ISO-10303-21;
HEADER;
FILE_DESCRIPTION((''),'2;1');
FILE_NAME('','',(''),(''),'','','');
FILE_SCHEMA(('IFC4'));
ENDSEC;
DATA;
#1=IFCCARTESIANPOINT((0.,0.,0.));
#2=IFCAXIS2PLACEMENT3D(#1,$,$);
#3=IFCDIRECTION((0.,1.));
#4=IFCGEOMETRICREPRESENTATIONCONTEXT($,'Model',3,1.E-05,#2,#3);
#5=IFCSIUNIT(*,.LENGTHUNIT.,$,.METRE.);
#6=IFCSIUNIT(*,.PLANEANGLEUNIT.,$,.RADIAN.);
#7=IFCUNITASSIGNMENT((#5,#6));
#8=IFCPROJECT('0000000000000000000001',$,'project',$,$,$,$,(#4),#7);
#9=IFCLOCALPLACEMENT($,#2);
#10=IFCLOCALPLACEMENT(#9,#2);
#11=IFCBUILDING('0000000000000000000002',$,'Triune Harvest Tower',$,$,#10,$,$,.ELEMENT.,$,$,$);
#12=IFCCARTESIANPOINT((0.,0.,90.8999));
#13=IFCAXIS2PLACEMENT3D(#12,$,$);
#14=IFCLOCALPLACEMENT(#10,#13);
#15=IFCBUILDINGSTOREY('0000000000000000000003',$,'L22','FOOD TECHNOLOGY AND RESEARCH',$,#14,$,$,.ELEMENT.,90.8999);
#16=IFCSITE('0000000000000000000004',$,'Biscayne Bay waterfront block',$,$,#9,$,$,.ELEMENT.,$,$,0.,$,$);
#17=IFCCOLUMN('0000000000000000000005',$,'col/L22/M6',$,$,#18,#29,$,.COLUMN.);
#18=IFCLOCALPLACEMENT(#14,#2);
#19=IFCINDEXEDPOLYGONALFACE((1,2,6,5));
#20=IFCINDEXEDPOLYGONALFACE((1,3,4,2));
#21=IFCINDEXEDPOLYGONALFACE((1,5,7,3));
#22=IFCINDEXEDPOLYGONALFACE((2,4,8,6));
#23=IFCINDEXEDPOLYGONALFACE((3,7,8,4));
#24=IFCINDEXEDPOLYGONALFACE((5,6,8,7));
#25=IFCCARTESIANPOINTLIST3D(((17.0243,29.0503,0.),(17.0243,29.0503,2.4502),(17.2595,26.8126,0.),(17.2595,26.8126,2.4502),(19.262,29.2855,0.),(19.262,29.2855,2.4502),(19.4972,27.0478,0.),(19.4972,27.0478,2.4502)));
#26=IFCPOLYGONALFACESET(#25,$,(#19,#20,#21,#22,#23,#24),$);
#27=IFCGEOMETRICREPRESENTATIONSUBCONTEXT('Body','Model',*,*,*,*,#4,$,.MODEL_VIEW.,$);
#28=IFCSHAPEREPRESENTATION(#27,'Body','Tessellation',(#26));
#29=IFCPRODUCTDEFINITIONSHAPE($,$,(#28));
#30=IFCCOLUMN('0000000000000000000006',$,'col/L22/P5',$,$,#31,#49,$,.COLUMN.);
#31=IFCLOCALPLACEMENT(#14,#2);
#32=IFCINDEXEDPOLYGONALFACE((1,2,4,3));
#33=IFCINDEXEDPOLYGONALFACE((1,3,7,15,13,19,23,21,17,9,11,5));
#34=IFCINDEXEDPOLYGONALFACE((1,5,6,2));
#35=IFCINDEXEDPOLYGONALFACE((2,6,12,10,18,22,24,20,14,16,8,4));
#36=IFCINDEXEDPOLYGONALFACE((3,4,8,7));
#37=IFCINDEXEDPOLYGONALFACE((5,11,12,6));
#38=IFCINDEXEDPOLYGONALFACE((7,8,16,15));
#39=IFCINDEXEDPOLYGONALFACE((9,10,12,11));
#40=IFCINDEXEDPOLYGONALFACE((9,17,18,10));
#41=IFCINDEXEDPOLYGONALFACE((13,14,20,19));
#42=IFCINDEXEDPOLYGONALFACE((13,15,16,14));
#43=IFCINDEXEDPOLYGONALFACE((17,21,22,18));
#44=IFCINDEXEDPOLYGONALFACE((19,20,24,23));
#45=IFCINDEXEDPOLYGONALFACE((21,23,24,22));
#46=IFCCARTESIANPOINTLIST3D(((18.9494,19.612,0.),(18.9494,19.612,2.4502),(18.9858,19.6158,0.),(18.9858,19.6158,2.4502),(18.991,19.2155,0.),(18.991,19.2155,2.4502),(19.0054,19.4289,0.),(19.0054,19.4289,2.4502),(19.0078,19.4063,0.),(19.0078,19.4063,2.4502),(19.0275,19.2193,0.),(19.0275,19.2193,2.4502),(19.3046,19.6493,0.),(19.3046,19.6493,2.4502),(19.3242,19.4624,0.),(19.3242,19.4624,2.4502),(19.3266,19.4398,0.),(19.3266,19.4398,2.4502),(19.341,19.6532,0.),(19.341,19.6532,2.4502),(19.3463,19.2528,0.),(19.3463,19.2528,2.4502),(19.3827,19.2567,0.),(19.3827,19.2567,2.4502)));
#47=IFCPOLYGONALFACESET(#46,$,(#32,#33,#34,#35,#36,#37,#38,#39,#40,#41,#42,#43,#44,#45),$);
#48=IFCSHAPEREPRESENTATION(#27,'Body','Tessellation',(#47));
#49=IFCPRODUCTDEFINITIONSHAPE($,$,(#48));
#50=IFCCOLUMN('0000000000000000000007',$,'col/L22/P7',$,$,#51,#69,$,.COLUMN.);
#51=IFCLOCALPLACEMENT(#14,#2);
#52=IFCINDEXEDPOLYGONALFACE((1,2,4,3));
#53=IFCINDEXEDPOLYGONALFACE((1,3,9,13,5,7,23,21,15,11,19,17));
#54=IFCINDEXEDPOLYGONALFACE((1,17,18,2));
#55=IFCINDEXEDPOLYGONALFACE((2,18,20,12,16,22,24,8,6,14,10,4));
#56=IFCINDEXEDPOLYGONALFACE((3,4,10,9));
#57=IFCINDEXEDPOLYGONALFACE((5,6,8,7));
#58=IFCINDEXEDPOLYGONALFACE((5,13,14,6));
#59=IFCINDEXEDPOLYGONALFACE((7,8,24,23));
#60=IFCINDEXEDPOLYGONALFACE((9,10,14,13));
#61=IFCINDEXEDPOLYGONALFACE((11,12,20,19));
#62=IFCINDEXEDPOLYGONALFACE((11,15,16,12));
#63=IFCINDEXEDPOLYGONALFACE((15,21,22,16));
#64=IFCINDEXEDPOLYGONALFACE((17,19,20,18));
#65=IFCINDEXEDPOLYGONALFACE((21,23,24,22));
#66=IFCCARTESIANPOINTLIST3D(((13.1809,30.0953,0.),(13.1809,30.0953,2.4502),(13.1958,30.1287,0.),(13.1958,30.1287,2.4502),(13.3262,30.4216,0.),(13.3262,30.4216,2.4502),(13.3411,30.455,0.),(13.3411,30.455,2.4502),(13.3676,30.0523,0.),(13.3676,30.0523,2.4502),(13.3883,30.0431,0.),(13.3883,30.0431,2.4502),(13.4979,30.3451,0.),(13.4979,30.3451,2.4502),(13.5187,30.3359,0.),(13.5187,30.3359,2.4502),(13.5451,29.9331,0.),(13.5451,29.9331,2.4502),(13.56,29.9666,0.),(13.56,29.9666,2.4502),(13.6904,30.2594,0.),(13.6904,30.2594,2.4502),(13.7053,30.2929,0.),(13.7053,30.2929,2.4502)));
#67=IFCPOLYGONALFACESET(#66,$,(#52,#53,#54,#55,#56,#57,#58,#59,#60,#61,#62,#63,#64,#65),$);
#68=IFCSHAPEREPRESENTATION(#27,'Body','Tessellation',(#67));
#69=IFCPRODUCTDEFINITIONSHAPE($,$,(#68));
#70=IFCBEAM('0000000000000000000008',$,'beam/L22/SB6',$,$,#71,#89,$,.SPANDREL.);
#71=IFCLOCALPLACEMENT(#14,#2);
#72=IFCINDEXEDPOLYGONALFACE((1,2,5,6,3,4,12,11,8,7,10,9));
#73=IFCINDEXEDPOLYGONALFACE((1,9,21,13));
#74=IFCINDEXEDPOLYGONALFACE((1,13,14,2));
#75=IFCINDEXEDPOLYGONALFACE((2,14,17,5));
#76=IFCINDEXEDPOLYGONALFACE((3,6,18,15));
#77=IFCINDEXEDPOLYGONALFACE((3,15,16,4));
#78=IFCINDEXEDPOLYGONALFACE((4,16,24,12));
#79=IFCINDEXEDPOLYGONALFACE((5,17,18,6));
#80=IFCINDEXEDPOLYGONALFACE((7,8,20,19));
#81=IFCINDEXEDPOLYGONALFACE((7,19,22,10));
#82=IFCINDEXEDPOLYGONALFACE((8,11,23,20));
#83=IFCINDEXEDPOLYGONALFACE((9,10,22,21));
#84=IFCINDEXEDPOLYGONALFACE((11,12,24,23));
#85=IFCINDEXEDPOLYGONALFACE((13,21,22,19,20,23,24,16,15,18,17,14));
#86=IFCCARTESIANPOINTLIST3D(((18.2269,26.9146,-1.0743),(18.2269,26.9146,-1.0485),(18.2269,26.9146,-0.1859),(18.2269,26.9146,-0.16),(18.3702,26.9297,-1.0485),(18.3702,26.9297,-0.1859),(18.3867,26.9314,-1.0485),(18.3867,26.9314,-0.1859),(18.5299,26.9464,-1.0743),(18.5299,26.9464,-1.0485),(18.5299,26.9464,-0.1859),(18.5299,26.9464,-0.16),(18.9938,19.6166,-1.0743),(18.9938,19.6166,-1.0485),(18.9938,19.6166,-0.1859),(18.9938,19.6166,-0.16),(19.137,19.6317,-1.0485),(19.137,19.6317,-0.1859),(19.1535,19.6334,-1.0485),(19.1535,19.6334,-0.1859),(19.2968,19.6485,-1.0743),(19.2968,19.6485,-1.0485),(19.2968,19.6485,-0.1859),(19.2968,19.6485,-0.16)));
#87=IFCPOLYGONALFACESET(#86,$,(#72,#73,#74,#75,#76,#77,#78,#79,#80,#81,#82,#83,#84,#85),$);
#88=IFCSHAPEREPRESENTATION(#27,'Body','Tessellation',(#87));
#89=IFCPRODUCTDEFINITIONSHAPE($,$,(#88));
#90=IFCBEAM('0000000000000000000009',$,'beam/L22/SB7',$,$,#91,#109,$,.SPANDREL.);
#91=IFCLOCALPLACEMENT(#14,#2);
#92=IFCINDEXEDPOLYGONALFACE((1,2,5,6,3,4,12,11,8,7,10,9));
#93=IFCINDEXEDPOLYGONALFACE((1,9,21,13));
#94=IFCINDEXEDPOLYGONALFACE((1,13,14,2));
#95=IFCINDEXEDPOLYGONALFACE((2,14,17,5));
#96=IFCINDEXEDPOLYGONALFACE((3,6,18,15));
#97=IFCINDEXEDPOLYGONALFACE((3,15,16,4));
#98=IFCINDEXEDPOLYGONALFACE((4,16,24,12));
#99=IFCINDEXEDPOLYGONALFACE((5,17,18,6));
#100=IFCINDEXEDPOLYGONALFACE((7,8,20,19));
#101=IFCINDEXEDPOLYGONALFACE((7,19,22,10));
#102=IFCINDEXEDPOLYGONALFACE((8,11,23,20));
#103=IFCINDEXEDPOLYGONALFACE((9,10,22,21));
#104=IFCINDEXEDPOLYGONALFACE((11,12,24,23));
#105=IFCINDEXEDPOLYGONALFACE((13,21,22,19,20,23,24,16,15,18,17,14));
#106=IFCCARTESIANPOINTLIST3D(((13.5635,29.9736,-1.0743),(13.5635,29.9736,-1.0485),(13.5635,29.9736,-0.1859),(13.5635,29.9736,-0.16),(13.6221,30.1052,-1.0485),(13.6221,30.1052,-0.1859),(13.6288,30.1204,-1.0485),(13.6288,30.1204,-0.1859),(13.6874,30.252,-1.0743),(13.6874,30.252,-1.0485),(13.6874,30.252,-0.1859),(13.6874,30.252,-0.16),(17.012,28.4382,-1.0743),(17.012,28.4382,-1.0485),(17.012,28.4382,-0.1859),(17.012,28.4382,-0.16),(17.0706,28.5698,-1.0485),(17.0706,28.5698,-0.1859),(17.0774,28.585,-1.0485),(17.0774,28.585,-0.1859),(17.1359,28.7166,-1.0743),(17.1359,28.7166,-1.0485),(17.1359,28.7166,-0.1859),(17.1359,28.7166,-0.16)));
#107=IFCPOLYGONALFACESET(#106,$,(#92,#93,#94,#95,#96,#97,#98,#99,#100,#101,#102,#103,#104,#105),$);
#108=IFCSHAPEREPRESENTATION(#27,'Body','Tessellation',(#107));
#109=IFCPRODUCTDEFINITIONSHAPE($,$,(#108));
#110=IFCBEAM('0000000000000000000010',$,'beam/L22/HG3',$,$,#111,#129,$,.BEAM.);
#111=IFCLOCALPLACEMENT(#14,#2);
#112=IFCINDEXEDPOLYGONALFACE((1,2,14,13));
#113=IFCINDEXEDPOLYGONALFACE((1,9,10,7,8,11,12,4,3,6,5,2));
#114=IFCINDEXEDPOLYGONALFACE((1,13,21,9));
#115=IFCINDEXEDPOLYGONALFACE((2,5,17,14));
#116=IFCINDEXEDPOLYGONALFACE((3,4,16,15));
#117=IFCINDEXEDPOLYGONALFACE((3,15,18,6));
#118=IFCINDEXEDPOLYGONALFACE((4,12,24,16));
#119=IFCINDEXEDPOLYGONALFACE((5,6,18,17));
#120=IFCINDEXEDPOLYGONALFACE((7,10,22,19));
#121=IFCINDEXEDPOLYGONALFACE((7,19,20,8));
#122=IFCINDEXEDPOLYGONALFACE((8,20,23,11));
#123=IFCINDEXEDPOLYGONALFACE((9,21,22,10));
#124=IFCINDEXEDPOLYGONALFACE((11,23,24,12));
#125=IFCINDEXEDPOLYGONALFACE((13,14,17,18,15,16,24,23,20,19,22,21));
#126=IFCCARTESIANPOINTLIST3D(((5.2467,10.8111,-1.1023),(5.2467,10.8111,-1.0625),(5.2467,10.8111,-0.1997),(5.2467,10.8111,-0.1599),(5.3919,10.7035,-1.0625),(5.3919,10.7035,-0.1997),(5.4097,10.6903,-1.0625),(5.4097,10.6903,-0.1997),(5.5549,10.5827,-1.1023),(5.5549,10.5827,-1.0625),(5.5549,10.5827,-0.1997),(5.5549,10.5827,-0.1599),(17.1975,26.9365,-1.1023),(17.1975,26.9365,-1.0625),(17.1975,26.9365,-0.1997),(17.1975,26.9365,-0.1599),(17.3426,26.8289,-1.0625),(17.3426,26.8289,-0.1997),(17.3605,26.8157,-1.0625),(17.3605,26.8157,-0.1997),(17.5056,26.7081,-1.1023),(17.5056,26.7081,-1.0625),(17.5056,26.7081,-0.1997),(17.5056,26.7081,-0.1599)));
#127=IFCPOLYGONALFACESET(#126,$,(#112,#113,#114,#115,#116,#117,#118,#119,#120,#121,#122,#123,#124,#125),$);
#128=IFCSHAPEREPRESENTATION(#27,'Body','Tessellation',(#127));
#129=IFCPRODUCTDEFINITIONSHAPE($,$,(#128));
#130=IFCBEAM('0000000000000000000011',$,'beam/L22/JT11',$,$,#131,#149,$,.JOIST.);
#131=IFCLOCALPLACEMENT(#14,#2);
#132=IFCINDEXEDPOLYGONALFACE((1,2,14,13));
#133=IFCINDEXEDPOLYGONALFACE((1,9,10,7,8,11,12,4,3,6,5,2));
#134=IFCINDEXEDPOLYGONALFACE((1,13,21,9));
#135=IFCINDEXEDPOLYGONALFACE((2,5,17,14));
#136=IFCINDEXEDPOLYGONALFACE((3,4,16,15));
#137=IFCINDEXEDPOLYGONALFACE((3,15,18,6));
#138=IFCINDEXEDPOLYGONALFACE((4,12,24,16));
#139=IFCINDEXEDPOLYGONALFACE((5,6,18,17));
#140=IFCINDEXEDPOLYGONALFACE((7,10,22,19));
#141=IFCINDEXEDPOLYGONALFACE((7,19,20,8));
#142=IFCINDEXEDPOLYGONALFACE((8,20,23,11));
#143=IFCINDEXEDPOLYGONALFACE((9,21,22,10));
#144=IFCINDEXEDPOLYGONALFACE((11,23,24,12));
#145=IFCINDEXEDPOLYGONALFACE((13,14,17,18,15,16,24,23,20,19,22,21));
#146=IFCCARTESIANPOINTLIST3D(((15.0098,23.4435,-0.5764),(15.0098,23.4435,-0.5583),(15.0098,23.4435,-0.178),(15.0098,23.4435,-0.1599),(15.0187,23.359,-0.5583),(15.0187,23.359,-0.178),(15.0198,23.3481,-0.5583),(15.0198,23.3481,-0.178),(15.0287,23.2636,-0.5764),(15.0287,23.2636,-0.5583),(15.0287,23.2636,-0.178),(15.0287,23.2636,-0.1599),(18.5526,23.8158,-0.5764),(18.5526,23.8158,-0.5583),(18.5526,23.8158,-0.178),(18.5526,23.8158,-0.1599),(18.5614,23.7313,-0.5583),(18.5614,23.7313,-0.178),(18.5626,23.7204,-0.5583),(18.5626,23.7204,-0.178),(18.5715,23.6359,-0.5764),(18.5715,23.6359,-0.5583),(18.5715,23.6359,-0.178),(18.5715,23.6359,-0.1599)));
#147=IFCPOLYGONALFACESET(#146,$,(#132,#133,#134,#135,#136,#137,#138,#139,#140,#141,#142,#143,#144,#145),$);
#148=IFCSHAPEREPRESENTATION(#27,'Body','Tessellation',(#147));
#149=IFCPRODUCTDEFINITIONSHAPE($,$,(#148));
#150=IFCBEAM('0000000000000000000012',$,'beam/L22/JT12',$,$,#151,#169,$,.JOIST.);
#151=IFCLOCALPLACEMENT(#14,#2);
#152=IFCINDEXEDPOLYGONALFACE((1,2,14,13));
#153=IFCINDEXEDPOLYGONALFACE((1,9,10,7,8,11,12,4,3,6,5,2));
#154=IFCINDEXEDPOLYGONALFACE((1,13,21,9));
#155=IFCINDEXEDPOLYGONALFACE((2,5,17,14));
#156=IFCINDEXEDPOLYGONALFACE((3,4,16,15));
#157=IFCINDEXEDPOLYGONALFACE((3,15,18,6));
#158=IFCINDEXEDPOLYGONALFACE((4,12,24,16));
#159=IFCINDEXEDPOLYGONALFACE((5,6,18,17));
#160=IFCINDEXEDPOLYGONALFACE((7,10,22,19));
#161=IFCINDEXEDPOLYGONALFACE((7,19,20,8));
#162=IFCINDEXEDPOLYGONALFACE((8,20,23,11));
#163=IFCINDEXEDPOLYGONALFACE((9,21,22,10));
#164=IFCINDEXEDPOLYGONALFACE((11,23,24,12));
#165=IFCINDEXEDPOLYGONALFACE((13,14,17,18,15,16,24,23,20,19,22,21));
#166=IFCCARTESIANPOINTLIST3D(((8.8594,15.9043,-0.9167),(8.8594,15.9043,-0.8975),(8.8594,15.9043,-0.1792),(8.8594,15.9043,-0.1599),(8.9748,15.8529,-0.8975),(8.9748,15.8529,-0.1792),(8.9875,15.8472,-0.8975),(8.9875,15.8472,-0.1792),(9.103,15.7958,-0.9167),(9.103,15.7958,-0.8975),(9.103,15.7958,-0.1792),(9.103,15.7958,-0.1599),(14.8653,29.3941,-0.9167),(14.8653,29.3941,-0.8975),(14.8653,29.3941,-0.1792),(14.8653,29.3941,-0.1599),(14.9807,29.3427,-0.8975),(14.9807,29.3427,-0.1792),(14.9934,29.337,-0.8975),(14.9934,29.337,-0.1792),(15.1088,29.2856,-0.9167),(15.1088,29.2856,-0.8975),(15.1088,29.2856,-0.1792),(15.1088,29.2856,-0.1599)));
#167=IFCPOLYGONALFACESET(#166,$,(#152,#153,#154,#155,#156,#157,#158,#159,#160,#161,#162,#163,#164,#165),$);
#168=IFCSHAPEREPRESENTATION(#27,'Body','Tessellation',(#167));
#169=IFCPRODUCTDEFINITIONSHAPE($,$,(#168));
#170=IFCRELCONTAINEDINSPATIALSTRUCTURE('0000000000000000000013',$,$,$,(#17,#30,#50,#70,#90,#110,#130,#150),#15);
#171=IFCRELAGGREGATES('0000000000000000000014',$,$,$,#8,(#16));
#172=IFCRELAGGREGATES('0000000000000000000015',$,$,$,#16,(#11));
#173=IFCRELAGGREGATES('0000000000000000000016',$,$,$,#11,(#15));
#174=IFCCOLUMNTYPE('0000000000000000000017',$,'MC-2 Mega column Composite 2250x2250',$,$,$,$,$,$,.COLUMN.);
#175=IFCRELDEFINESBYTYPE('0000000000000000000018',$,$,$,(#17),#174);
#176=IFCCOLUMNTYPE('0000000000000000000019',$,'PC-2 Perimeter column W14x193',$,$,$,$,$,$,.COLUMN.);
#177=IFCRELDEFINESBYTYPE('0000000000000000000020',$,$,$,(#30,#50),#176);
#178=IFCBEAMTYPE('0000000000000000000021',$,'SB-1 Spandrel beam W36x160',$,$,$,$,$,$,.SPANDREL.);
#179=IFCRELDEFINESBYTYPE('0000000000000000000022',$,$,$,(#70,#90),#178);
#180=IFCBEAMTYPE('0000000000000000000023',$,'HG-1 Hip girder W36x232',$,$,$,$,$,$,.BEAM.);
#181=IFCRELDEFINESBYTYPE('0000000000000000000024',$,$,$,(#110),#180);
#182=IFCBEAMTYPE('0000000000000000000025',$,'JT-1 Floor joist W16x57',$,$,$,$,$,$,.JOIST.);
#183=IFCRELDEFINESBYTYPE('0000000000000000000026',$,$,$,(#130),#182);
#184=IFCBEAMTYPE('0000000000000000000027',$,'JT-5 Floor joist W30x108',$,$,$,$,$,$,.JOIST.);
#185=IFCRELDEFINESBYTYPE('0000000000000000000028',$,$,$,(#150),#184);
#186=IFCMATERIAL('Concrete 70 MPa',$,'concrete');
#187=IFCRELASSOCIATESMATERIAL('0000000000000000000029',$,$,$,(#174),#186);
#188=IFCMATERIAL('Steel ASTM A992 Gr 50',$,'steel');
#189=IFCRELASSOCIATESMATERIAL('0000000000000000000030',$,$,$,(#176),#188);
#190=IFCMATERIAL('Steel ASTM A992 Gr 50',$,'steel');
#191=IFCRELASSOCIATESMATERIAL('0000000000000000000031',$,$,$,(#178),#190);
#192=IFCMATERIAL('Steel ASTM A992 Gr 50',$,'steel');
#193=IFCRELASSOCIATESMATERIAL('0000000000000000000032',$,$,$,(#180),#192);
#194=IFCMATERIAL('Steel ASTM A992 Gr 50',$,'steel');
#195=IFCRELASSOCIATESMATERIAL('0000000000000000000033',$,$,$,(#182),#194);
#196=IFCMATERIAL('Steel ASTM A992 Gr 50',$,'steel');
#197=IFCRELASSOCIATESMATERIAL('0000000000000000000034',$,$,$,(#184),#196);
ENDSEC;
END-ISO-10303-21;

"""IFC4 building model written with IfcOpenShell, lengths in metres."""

from ifc_helpers import new_model, si_unit, direction, frame, origin, origin_2d, place, context, subcontext, project, spatial, rectangle, i_section, extrude, source, transform, mapped, material, material_profile, profile_set, type_object, element, save


model = new_model("IFC4")

# Units and contexts
model_context = context("Model", 3, precision=1e-05, world=origin(), true_north=direction((0.0, 1.0)))
body_context = subcontext(model_context, "Body", "Model", "MODEL_VIEW")
ifc_project = project(units=[si_unit("LENGTHUNIT", "METRE"), si_unit("PLANEANGLEUNIT", "RADIAN")], contexts=[model_context])

# Site, building, storey
site_placement = place(None, origin())
site = spatial("IfcSite", under=ifc_project, at=site_placement, Name="Biscayne Bay waterfront block", CompositionType="ELEMENT", RefElevation=0.0)
building_placement = place(site_placement, origin())
building = spatial("IfcBuilding", under=site, at=building_placement, Name="Triune Harvest Tower", CompositionType="ELEMENT")
storey_placement = place(building_placement, frame((0.0, 0.0, 90.8999)))
storey = spatial("IfcBuildingStorey", under=building, at=storey_placement, Name="L22", Description="FOOD TECHNOLOGY AND RESEARCH", CompositionType="ELEMENT", Elevation=90.8999)

# Columns
ifc_material_1 = material(Name="Concrete 70 MPa", Category="concrete")
ifc_material_profile_1 = material_profile(ifc_material_1, rectangle(XDim=2.25, YDim=2.25, at=origin_2d()), Name="Composite 2250x2250")
ifc_profile_set_1 = profile_set([ifc_material_profile_1], Name="Concrete 70 MPa")
column_type_1 = type_object("IfcColumnType", Name="MC-2 Mega column Composite 2250x2250", PredefinedType="COLUMN", material=ifc_profile_set_1)
shared_shape_1 = source(origin(), body_context, "Body", "SweptSolid", [
    extrude(rectangle(XDim=2.25, YDim=2.25, at=origin_2d()), origin(), (0.0, 0.0, 1.0), 2.4502),
])
column_placement = place(storey_placement, frame((18.2607, 28.0491, 0.0), z_axis=(0.0, 0.0, 1.0), x_axis=(-0.104527, 0.994522, 0.0)))
element("IfcColumn", 1, at=column_placement, inside=storey, type_object=column_type_1, Name="col/L22/M6", PredefinedType="COLUMN", context=body_context, shape_type="MappedRepresentation", body=[
    mapped(shared_shape_1, transform((0.0, 0.0, 0.0), scale=1.0)),
])
ifc_material_2 = material(Name="Steel ASTM A992 Gr 50", Category="steel")
ifc_material_profile_2 = material_profile(ifc_material_2, i_section(OverallWidth=0.3987, OverallDepth=0.3938, WebThickness=0.0227, FlangeThickness=0.0366, at=origin_2d()), Name="W14x193")
ifc_profile_set_2 = profile_set([ifc_material_profile_2], Name="Steel ASTM A992 Gr 50")
column_type_2 = type_object("IfcColumnType", Name="PC-2 Perimeter column W14x193", PredefinedType="COLUMN", material=ifc_profile_set_2)
shared_shape_2 = source(origin(), body_context, "Body", "SweptSolid", [
    extrude(i_section(OverallWidth=0.3987, OverallDepth=0.3938, WebThickness=0.0227, FlangeThickness=0.0366, at=origin_2d()), origin(), (0.0, 0.0, 1.0), 2.4502),
])
for number, where, z_axis, x_axis, name in (
    (2, (19.166, 19.4343, 0.0), (0.0, 0.0, 1.0), (-0.104527, 0.994522, 0.0), "col/L22/P5"),
    (3, (13.4431, 30.1941, 0.0), (0.0, 0.0, 1.0), (-0.913547, 0.406733, 0.0), "col/L22/P7"),
):
    element("IfcColumn", number, at=place(storey_placement, frame(where, z_axis=z_axis, x_axis=x_axis)), inside=storey, type_object=column_type_2, Name=name, PredefinedType="COLUMN", context=body_context, shape_type="MappedRepresentation", body=[
        mapped(shared_shape_2, transform((0.0, 0.0, 0.0), scale=1.0)),
    ])

# Beams
ifc_material_3 = material(Name="Steel ASTM A992 Gr 50", Category="steel")
ifc_material_profile_3 = material_profile(ifc_material_3, i_section(OverallWidth=0.3047, OverallDepth=0.9143, WebThickness=0.0166, FlangeThickness=0.0259, at=origin_2d()), Name="W36x160")
ifc_profile_set_3 = profile_set([ifc_material_profile_3], Name="Steel ASTM A992 Gr 50")
beam_type_1 = type_object("IfcBeamType", Name="SB-1 Spandrel beam W36x160", PredefinedType="SPANDREL", material=ifc_profile_set_3)
shared_shape_3 = source(origin(), body_context, "Body", "SweptSolid", [
    extrude(i_section(OverallWidth=0.3047, OverallDepth=0.9143, WebThickness=0.0166, FlangeThickness=0.0259, at=origin_2d()), origin(), (0.0, 0.0, 1.0), 7.3381),
])
beam_1_placement = place(storey_placement, frame((19.1453, 19.6326, -0.6172), z_axis=(-0.104503, 0.994525, 0.0), x_axis=(-0.994525, -0.104503, 0.0)))
element("IfcBeam", 4, at=beam_1_placement, inside=storey, type_object=beam_type_1, Name="beam/L22/SB6", PredefinedType="SPANDREL", context=body_context, shape_type="MappedRepresentation", body=[
    mapped(shared_shape_3, transform((0.0, 0.0, 0.0), scale=1.0)),
])
shared_shape_4 = source(origin(), body_context, "Body", "SweptSolid", [
    extrude(i_section(OverallWidth=0.3047, OverallDepth=0.9143, WebThickness=0.0166, FlangeThickness=0.0259, at=origin_2d()), origin(), (0.0, 0.0, 1.0), 3.7749),
])
beam_2_placement = place(storey_placement, frame((17.074, 28.5774, -0.6172), z_axis=(-0.913542, 0.406744, 0.0), x_axis=(-0.406744, -0.913542, 0.0)))
element("IfcBeam", 5, at=beam_2_placement, inside=storey, type_object=beam_type_1, Name="beam/L22/SB7", PredefinedType="SPANDREL", context=body_context, shape_type="MappedRepresentation", body=[
    mapped(shared_shape_4, transform((0.0, 0.0, 0.0), scale=1.0)),
])
ifc_material_4 = material(Name="Steel ASTM A992 Gr 50", Category="steel")
ifc_material_profile_4 = material_profile(ifc_material_4, i_section(OverallWidth=0.3835, OverallDepth=0.9424, WebThickness=0.0222, FlangeThickness=0.0398, at=origin_2d()), Name="W36x232")
ifc_profile_set_4 = profile_set([ifc_material_profile_4], Name="Steel ASTM A992 Gr 50")
beam_type_2 = type_object("IfcBeamType", Name="HG-1 Hip girder W36x232", PredefinedType="BEAM", material=ifc_profile_set_4)
shared_shape_5 = source(origin(), body_context, "Body", "SweptSolid", [
    extrude(i_section(OverallWidth=0.3835, OverallDepth=0.9424, WebThickness=0.0222, FlangeThickness=0.0398, at=origin_2d()), origin(), (0.0, 0.0, 1.0), 20.071),
])
beam_3_placement = place(storey_placement, frame((17.3516, 26.8223, -0.6311), z_axis=(-0.595422, -0.803413, 0.0), x_axis=(0.803413, -0.595422, 0.0)))
element("IfcBeam", 6, at=beam_3_placement, inside=storey, type_object=beam_type_2, Name="beam/L22/HG3", PredefinedType="BEAM", context=body_context, shape_type="MappedRepresentation", body=[
    mapped(shared_shape_5, transform((0.0, 0.0, 0.0), scale=1.0)),
])
ifc_material_5 = material(Name="Steel ASTM A992 Gr 50", Category="steel")
ifc_material_profile_5 = material_profile(ifc_material_5, i_section(OverallWidth=0.1809, OverallDepth=0.4165, WebThickness=0.011, FlangeThickness=0.0181, at=origin_2d()), Name="W16x57")
ifc_profile_set_5 = profile_set([ifc_material_profile_5], Name="Steel ASTM A992 Gr 50")
beam_type_3 = type_object("IfcBeamType", Name="JT-1 Floor joist W16x57", PredefinedType="JOIST", material=ifc_profile_set_5)
shared_shape_6 = source(origin(), body_context, "Body", "SweptSolid", [
    extrude(i_section(OverallWidth=0.1809, OverallDepth=0.4165, WebThickness=0.011, FlangeThickness=0.0181, at=origin_2d()), origin(), (0.0, 0.0, 1.0), 3.5623),
])
beam_4_placement = place(storey_placement, frame((18.562, 23.7258, -0.3682), z_axis=(-0.994523, -0.104517, 0.0), x_axis=(0.104517, -0.994523, 0.0)))
element("IfcBeam", 7, at=beam_4_placement, inside=storey, type_object=beam_type_3, Name="beam/L22/JT11", PredefinedType="JOIST", context=body_context, shape_type="MappedRepresentation", body=[
    mapped(shared_shape_6, transform((0.0, 0.0, 0.0), scale=1.0)),
])
ifc_material_6 = material(Name="Steel ASTM A992 Gr 50", Category="steel")
ifc_material_profile_6 = material_profile(ifc_material_6, i_section(OverallWidth=0.2666, OverallDepth=0.7568, WebThickness=0.0139, FlangeThickness=0.0193, at=origin_2d()), Name="W30x108")
ifc_profile_set_6 = profile_set([ifc_material_profile_6], Name="Steel ASTM A992 Gr 50")
beam_type_4 = type_object("IfcBeamType", Name="JT-5 Floor joist W30x108", PredefinedType="JOIST", material=ifc_profile_set_6)
shared_shape_7 = source(origin(), body_context, "Body", "SweptSolid", [
    extrude(i_section(OverallWidth=0.2666, OverallDepth=0.7568, WebThickness=0.0139, FlangeThickness=0.0193, at=origin_2d()), origin(), (0.0, 0.0, 1.0), 14.7664),
])
beam_5_placement = place(storey_placement, frame((14.9871, 29.3398, -0.5383), z_axis=(-0.406727, -0.91355, 0.0), x_axis=(0.91355, -0.406727, 0.0)))
element("IfcBeam", 8, at=beam_5_placement, inside=storey, type_object=beam_type_4, Name="beam/L22/JT12", PredefinedType="JOIST", context=body_context, shape_type="MappedRepresentation", body=[
    mapped(shared_shape_7, transform((0.0, 0.0, 0.0), scale=1.0)),
])

save(model, "model.ifc")
